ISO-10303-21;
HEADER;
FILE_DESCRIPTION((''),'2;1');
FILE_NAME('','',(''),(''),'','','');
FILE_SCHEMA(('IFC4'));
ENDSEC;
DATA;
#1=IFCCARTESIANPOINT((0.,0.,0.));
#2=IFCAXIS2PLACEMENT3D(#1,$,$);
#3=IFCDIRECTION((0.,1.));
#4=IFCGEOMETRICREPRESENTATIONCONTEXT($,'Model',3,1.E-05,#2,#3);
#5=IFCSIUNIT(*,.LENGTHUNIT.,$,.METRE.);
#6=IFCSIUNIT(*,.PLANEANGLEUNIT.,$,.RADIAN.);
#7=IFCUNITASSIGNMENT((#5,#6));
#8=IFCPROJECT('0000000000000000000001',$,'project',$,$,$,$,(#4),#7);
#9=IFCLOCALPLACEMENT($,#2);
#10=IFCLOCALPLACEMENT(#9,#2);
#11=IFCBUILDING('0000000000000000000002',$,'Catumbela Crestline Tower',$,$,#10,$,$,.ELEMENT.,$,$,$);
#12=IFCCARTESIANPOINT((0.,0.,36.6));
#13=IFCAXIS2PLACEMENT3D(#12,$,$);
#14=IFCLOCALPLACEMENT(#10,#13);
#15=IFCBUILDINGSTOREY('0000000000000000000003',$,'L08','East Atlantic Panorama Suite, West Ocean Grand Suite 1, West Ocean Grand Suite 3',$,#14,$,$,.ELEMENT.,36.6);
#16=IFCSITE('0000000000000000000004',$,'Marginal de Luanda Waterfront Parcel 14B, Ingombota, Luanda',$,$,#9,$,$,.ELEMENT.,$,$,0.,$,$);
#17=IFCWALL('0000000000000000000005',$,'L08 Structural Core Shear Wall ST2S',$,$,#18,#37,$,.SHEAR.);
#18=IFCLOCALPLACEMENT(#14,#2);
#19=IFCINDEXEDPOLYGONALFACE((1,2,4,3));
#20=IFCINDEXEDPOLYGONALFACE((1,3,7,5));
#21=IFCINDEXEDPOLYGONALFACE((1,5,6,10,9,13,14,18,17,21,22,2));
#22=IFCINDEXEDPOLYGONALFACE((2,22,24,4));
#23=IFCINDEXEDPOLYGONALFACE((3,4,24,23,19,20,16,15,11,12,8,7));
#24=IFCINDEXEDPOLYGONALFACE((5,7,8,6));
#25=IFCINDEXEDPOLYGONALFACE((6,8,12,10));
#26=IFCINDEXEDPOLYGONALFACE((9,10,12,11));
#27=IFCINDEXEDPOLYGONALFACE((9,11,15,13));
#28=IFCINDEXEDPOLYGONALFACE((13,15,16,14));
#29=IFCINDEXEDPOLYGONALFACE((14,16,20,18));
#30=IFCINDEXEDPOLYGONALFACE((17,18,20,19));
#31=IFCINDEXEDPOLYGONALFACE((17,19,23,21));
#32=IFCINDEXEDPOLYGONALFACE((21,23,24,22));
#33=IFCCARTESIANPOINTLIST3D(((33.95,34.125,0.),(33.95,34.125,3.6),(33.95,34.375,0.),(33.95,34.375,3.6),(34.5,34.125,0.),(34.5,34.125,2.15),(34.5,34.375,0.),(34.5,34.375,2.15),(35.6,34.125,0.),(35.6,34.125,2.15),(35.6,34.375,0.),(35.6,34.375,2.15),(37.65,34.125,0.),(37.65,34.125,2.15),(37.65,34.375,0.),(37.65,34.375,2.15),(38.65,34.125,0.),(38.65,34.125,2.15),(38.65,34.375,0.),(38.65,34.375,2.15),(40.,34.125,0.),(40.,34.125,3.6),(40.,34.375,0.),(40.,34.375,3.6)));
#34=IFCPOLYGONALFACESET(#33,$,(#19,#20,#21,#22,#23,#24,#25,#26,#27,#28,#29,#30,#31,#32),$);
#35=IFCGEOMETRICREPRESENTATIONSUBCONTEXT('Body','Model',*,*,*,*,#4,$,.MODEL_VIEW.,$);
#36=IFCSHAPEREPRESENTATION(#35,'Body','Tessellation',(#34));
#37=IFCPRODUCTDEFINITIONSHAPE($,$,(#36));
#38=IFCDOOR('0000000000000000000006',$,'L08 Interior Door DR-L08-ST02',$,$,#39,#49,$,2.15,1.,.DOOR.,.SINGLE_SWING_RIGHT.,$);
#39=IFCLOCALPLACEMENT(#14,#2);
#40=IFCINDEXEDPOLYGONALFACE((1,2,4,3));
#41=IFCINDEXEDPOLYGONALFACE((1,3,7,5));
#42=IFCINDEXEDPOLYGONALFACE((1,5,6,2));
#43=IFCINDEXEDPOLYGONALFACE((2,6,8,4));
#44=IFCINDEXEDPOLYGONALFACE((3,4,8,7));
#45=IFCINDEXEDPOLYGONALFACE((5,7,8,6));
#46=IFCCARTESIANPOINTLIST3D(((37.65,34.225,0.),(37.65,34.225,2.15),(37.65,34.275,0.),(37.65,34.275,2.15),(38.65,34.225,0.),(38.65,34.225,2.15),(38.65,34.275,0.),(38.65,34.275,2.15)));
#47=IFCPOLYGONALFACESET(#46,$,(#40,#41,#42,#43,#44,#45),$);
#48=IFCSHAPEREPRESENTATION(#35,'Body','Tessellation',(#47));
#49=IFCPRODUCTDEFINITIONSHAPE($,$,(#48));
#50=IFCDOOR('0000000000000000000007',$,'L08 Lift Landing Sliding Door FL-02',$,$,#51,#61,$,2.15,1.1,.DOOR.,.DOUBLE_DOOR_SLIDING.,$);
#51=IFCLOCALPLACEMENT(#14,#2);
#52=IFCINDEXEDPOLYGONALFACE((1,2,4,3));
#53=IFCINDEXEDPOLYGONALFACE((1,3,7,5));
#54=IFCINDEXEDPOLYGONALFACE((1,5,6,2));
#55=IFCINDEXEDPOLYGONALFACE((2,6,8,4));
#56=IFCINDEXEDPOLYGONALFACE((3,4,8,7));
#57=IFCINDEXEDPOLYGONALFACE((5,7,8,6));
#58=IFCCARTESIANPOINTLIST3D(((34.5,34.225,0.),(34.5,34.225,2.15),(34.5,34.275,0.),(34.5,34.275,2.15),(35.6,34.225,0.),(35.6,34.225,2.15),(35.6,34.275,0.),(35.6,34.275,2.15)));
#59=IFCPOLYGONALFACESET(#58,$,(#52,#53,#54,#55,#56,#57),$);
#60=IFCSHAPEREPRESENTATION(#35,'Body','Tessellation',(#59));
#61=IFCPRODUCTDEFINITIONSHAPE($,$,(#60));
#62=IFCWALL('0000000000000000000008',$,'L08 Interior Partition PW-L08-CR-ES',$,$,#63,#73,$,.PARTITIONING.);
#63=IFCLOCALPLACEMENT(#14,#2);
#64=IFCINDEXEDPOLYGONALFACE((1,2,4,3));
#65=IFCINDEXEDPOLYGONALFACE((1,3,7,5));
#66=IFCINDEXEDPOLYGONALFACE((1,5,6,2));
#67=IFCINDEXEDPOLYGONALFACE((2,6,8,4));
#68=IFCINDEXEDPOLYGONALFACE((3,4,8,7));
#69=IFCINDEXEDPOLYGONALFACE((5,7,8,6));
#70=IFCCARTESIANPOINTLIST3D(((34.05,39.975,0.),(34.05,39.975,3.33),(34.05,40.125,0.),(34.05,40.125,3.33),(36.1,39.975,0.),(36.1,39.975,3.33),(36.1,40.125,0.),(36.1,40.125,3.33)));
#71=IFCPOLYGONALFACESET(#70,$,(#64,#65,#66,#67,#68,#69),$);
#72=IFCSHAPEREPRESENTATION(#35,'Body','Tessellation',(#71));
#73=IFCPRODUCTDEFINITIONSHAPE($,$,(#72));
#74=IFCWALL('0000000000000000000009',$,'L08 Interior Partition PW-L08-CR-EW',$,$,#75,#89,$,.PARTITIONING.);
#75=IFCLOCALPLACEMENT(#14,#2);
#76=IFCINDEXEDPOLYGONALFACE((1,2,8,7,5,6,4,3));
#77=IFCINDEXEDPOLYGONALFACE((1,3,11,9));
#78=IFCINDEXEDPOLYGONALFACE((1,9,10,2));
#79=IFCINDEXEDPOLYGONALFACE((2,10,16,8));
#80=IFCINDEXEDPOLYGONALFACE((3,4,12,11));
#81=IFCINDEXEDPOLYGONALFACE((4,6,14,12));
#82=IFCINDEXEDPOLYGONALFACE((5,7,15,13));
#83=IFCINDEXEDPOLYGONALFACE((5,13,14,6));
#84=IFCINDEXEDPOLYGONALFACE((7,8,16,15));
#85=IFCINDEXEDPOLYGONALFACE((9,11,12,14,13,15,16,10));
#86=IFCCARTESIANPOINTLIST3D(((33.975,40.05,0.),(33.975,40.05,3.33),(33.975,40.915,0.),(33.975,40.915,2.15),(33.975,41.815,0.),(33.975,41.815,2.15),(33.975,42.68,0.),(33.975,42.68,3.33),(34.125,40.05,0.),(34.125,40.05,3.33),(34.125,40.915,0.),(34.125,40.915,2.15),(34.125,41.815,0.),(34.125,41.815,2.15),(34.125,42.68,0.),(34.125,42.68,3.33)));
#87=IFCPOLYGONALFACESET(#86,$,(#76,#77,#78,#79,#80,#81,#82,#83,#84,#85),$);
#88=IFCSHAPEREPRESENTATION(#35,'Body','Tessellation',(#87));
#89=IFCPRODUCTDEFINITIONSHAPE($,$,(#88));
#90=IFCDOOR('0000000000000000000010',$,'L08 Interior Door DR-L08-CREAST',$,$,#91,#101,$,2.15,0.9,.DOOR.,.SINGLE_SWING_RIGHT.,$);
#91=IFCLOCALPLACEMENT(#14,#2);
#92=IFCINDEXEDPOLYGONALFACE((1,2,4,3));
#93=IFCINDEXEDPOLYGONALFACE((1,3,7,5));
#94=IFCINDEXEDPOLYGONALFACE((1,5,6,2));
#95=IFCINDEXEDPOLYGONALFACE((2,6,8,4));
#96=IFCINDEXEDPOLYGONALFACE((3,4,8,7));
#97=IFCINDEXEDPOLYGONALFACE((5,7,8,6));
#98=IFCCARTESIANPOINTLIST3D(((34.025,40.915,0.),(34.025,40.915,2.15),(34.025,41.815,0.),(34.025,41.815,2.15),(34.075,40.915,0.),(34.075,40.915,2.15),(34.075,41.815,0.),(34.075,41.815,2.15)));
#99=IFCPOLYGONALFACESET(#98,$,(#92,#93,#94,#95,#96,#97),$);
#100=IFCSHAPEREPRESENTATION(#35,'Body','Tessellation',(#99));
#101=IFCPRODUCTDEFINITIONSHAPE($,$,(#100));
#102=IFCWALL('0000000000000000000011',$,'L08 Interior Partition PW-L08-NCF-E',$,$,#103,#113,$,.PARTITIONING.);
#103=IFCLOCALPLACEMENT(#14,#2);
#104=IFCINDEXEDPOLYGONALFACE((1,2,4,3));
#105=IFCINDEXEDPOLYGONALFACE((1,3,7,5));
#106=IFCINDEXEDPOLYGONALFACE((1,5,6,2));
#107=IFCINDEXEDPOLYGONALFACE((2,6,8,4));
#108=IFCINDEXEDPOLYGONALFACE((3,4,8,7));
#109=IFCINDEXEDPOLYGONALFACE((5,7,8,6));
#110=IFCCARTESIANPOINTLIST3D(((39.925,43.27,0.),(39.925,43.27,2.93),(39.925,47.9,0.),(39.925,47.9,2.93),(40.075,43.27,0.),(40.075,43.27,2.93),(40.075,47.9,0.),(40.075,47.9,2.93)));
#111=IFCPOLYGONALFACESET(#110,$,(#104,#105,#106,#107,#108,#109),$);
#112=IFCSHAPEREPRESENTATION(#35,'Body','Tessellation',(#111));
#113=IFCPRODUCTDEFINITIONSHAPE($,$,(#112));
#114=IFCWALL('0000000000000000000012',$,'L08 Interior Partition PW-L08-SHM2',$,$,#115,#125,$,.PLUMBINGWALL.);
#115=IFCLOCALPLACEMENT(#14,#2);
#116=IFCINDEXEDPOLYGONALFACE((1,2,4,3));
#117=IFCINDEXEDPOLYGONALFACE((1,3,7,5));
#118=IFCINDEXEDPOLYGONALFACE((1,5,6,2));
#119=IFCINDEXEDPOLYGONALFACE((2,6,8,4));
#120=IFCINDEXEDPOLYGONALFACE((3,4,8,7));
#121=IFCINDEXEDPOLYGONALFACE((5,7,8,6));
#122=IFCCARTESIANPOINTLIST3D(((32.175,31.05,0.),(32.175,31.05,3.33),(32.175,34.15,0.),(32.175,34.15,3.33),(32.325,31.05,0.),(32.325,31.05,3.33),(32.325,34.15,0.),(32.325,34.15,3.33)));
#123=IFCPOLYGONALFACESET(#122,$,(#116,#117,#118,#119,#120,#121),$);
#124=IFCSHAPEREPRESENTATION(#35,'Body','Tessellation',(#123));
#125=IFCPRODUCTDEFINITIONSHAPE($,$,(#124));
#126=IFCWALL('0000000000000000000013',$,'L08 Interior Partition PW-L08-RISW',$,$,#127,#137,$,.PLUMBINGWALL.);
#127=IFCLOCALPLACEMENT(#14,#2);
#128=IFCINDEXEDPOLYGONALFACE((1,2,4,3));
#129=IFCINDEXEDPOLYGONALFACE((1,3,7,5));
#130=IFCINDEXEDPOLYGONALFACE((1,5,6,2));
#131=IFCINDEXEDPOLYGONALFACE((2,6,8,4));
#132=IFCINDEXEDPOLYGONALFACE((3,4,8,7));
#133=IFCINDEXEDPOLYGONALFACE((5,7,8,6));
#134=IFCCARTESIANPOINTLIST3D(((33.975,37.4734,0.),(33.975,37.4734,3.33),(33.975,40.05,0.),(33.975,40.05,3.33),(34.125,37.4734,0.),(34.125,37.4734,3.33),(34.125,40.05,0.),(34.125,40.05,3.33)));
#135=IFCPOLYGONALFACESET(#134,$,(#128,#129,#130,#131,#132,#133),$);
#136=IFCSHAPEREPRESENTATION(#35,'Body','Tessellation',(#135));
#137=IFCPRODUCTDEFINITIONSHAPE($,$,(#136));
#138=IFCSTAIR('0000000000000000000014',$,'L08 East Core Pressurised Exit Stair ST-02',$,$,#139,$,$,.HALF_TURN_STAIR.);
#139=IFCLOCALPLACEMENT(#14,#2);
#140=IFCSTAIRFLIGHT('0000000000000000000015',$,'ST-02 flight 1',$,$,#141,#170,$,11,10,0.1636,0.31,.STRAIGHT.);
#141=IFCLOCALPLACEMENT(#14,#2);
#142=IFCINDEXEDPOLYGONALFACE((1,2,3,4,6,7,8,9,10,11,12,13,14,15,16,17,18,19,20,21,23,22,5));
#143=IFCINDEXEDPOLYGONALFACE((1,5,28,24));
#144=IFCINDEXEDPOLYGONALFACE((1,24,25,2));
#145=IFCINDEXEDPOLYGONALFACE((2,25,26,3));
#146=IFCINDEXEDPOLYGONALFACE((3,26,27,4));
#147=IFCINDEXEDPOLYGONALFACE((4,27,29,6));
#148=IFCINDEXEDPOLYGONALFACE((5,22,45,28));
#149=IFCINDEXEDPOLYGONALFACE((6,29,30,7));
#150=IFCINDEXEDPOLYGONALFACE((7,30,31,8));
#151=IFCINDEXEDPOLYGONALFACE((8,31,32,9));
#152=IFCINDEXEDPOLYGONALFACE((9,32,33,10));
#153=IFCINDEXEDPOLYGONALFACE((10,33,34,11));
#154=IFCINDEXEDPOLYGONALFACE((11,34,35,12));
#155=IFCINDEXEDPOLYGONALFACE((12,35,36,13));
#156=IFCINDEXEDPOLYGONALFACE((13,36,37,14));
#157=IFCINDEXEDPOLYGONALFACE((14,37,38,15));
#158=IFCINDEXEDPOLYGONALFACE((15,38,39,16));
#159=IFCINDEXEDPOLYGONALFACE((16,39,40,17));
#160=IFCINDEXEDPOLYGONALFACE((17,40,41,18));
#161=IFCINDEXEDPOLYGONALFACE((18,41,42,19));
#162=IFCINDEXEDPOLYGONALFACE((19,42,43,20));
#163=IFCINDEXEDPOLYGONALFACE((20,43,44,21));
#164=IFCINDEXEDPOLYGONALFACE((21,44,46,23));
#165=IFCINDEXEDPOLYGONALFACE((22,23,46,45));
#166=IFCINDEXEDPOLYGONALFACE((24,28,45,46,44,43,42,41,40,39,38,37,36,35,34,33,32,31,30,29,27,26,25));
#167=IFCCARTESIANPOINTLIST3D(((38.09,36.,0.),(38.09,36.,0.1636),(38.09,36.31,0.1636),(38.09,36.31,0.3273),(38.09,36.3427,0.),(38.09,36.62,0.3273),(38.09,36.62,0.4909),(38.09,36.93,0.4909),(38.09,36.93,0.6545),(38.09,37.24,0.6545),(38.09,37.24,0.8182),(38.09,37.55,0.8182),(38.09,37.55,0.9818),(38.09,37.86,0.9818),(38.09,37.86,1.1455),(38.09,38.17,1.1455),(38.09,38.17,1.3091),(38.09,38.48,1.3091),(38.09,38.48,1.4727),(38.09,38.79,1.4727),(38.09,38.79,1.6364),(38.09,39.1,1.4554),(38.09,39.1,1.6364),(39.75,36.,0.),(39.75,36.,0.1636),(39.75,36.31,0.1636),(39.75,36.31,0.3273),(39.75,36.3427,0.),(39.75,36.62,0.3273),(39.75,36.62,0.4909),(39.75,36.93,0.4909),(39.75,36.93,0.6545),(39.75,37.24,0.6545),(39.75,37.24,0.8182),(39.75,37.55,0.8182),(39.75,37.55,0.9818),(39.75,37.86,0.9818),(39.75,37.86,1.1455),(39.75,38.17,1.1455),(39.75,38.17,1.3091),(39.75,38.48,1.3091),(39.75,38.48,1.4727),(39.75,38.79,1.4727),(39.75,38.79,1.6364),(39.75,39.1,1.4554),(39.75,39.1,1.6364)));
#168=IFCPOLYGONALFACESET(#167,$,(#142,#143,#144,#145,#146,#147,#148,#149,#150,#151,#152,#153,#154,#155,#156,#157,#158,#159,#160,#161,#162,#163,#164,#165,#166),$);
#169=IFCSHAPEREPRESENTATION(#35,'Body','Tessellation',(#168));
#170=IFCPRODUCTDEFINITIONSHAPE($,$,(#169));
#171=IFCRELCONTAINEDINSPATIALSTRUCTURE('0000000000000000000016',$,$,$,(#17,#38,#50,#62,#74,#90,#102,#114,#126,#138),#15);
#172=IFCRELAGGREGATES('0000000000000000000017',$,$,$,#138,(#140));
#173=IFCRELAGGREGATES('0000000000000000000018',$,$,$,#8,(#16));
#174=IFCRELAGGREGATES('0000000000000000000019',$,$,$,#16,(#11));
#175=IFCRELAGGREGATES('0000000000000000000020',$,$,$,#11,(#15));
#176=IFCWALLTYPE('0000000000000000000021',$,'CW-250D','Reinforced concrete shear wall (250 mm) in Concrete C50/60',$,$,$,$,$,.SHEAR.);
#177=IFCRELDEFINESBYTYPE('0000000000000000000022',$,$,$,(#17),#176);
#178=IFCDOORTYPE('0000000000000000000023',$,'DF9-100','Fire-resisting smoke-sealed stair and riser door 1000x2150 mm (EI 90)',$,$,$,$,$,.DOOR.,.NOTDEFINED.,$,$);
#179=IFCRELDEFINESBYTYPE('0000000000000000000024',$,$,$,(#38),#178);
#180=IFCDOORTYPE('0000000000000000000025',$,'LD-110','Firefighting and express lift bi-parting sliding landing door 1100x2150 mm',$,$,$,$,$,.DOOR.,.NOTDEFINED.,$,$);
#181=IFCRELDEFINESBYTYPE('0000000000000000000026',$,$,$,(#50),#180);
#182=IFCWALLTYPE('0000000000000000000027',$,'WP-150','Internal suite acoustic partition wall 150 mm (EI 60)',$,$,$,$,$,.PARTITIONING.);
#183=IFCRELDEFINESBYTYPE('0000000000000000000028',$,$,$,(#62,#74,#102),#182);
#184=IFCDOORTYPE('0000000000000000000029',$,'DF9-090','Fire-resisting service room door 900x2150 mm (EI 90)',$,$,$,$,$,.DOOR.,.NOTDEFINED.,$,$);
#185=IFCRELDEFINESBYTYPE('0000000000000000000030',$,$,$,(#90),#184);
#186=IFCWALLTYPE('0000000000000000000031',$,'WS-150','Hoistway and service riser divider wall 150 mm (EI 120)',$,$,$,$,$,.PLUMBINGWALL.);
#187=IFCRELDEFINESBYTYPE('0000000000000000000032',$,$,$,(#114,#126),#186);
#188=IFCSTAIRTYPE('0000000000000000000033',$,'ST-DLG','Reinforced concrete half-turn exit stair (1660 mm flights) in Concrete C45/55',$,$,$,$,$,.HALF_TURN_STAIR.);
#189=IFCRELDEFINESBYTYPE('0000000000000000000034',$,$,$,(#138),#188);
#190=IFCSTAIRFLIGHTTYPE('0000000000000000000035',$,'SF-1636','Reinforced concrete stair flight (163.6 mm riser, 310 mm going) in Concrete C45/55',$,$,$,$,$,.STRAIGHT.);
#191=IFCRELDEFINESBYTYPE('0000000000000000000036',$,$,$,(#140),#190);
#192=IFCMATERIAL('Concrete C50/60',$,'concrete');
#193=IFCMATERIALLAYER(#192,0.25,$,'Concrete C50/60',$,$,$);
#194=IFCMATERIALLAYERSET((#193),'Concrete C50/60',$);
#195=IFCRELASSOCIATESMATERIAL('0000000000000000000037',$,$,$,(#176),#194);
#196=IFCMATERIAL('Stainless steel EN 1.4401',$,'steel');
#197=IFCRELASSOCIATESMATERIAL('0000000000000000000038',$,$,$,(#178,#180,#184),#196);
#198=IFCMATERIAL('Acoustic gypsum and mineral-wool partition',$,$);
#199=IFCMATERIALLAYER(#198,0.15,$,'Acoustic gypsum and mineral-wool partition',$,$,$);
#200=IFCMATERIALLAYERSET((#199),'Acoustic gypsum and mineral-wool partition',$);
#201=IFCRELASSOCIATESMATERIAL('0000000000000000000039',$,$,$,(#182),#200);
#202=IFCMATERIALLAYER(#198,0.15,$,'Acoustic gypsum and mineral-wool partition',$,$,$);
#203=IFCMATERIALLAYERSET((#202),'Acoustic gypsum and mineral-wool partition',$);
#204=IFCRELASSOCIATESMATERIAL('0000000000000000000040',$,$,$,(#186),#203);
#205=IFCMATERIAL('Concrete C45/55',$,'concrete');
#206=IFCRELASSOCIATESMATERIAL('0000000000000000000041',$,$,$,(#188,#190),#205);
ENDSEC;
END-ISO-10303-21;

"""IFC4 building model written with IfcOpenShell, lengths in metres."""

from ifc_helpers import new_model, si_unit, direction, frame, frame_2d, origin, place, context, subcontext, project, spatial, polyline, rectangle, outline, extrude, material, layer, layer_set, type_object, element, fill, aggregate, save


model = new_model("IFC4")

# Units and contexts
model_context = context("Model", 3, precision=1e-05, world=origin(), true_north=direction((0.0, 1.0)))
body_context = subcontext(model_context, "Body", "Model", "MODEL_VIEW")
ifc_project = project(units=[si_unit("LENGTHUNIT", "METRE"), si_unit("PLANEANGLEUNIT", "RADIAN")], contexts=[model_context])

# Site, building, storey
site_placement = place(None, origin())
site = spatial("IfcSite", under=ifc_project, at=site_placement, Name="Marginal de Luanda Waterfront Parcel 14B, Ingombota, Luanda", CompositionType="ELEMENT", RefElevation=0.0)
building_placement = place(site_placement, origin())
building = spatial("IfcBuilding", under=site, at=building_placement, Name="Catumbela Crestline Tower", CompositionType="ELEMENT")
storey_placement = place(building_placement, frame((0.0, 0.0, 36.6)))
storey = spatial("IfcBuildingStorey", under=building, at=storey_placement, Name="L08", Description="East Atlantic Panorama Suite, West Ocean Grand Suite 1, West Ocean Grand Suite 3", CompositionType="ELEMENT", Elevation=36.6)

# Shared definitions
ifc_material_1 = material(Name="Concrete C50/60", Category="concrete")
ifc_layer_1 = layer(ifc_material_1, 0.25, Name="Concrete C50/60")
ifc_layer_set_1 = layer_set([ifc_layer_1], Name="Concrete C50/60")
wall_type_1 = type_object("IfcWallType", Name="CW-250D", Description="Reinforced concrete shear wall (250 mm) in Concrete C50/60", PredefinedType="SHEAR", material=ifc_layer_set_1)

# Wall, openings, doors
wall_1_placement = place(storey_placement, frame((33.95, 34.25, 0.0), z_axis=(0.0, 0.0, 1.0), x_axis=(1.0, 0.0, 0.0)))
wall_1 = element("IfcWall", 1, at=wall_1_placement, inside=storey, type_object=wall_type_1, Name="L08 Structural Core Shear Wall ST2S", PredefinedType="SHEAR", context=body_context, shape_type="SweptSolid", body=[
    extrude(rectangle(XDim=6.05, YDim=0.25, at=frame_2d((3.025, 0.0))), origin(), (0.0, 0.0, 1.0), 3.6),
])
opening_1_placement = place(wall_1_placement, frame((3.7, 0.0, 0.0)))
opening_1 = element("IfcOpeningElement", 2, at=opening_1_placement, cuts=wall_1, PredefinedType="OPENING", context=body_context, shape_type="SweptSolid", body=[
    extrude(rectangle(XDim=1.0, YDim=2.15, at=frame_2d((0.5, 1.075))), frame((0.0, 0.135, 0.0), z_axis=(0.0, -1.0, 0.0), x_axis=(1.0, 0.0, 0.0)), (0.0, 0.0, 1.0), 0.27),
])
opening_2_placement = place(wall_1_placement, frame((0.55, 0.0, 0.0)))
opening_2 = element("IfcOpeningElement", 3, at=opening_2_placement, cuts=wall_1, PredefinedType="OPENING", context=body_context, shape_type="SweptSolid", body=[
    extrude(rectangle(XDim=1.1, YDim=2.15, at=frame_2d((0.55, 1.075))), frame((0.0, 0.135, 0.0), z_axis=(0.0, -1.0, 0.0), x_axis=(1.0, 0.0, 0.0)), (0.0, 0.0, 1.0), 0.27),
])
ifc_material_2 = material(Name="Stainless steel EN 1.4401", Category="steel")
door_type_1 = type_object("IfcDoorType", Name="DF9-100", Description="Fire-resisting smoke-sealed stair and riser door 1000x2150 mm (EI 90)", OperationType="NOTDEFINED", PredefinedType="DOOR", material=ifc_material_2)
door_1_placement = place(opening_1_placement, origin())
door_1 = element("IfcDoor", 4, at=door_1_placement, inside=storey, type_object=door_type_1, Name="L08 Interior Door DR-L08-ST02", OperationType="SINGLE_SWING_RIGHT", OverallHeight=2.15, OverallWidth=1.0, PredefinedType="DOOR", context=body_context, shape_type="SweptSolid", body=[
    extrude(rectangle(XDim=1.0, YDim=2.15, at=frame_2d((0.5, 1.075))), frame((0.0, 0.025, 0.0), z_axis=(0.0, -1.0, 0.0), x_axis=(1.0, 0.0, 0.0)), (0.0, 0.0, 1.0), 0.05),
])
fill(opening_1, door_1)
door_type_2 = type_object("IfcDoorType", Name="LD-110", Description="Firefighting and express lift bi-parting sliding landing door 1100x2150 mm", OperationType="NOTDEFINED", PredefinedType="DOOR", material=ifc_material_2)
door_2_placement = place(opening_2_placement, origin())
door_2 = element("IfcDoor", 5, at=door_2_placement, inside=storey, type_object=door_type_2, Name="L08 Lift Landing Sliding Door FL-02", OperationType="DOUBLE_DOOR_SLIDING", OverallHeight=2.15, OverallWidth=1.1, PredefinedType="DOOR", context=body_context, shape_type="SweptSolid", body=[
    extrude(rectangle(XDim=1.1, YDim=2.15, at=frame_2d((0.55, 1.075))), frame((0.0, 0.025, 0.0), z_axis=(0.0, -1.0, 0.0), x_axis=(1.0, 0.0, 0.0)), (0.0, 0.0, 1.0), 0.05),
])
fill(opening_2, door_2)

# Wall
ifc_material_3 = material(Name="Acoustic gypsum and mineral-wool partition")
ifc_layer_2 = layer(ifc_material_3, 0.15, Name="Acoustic gypsum and mineral-wool partition")
ifc_layer_set_2 = layer_set([ifc_layer_2], Name="Acoustic gypsum and mineral-wool partition")
wall_type_2 = type_object("IfcWallType", Name="WP-150", Description="Internal suite acoustic partition wall 150 mm (EI 60)", PredefinedType="PARTITIONING", material=ifc_layer_set_2)
wall_2_placement = place(storey_placement, frame((34.05, 40.05, 0.0), z_axis=(0.0, 0.0, 1.0), x_axis=(1.0, 0.0, 0.0)))
element("IfcWall", 6, at=wall_2_placement, inside=storey, type_object=wall_type_2, Name="L08 Interior Partition PW-L08-CR-ES", PredefinedType="PARTITIONING", context=body_context, shape_type="SweptSolid", body=[
    extrude(rectangle(XDim=2.05, YDim=0.15, at=frame_2d((1.025, 0.0))), origin(), (0.0, 0.0, 1.0), 3.33),
])

# Wall, opening, door
wall_3_placement = place(storey_placement, frame((34.05, 40.05, 0.0), z_axis=(0.0, 0.0, 1.0), x_axis=(0.0, 1.0, 0.0)))
wall_3 = element("IfcWall", 7, at=wall_3_placement, inside=storey, type_object=wall_type_2, Name="L08 Interior Partition PW-L08-CR-EW", PredefinedType="PARTITIONING", context=body_context, shape_type="SweptSolid", body=[
    extrude(rectangle(XDim=2.63, YDim=0.15, at=frame_2d((1.315, 0.0))), origin(), (0.0, 0.0, 1.0), 3.33),
])
opening_3_placement = place(wall_3_placement, frame((0.865, 0.0, 0.0)))
opening_3 = element("IfcOpeningElement", 8, at=opening_3_placement, cuts=wall_3, PredefinedType="OPENING", context=body_context, shape_type="SweptSolid", body=[
    extrude(rectangle(XDim=0.9, YDim=2.15, at=frame_2d((0.45, 1.075))), frame((0.0, 0.085, 0.0), z_axis=(0.0, -1.0, 0.0), x_axis=(1.0, 0.0, 0.0)), (0.0, 0.0, 1.0), 0.17),
])
door_type_3 = type_object("IfcDoorType", Name="DF9-090", Description="Fire-resisting service room door 900x2150 mm (EI 90)", OperationType="NOTDEFINED", PredefinedType="DOOR", material=ifc_material_2)
door_3_placement = place(opening_3_placement, origin())
door_3 = element("IfcDoor", 9, at=door_3_placement, inside=storey, type_object=door_type_3, Name="L08 Interior Door DR-L08-CREAST", OperationType="SINGLE_SWING_RIGHT", OverallHeight=2.15, OverallWidth=0.9, PredefinedType="DOOR", context=body_context, shape_type="SweptSolid", body=[
    extrude(rectangle(XDim=0.9, YDim=2.15, at=frame_2d((0.45, 1.075))), frame((0.0, 0.025, 0.0), z_axis=(0.0, -1.0, 0.0), x_axis=(1.0, 0.0, 0.0)), (0.0, 0.0, 1.0), 0.05),
])
fill(opening_3, door_3)

# Walls
wall_4_placement = place(storey_placement, frame((40.0, 43.27, 0.0), z_axis=(0.0, 0.0, 1.0), x_axis=(0.0, 1.0, 0.0)))
element("IfcWall", 10, at=wall_4_placement, inside=storey, type_object=wall_type_2, Name="L08 Interior Partition PW-L08-NCF-E", PredefinedType="PARTITIONING", context=body_context, shape_type="SweptSolid", body=[
    extrude(rectangle(XDim=4.63, YDim=0.15, at=frame_2d((2.315, 0.0))), origin(), (0.0, 0.0, 1.0), 2.93),
])
ifc_layer_3 = layer(ifc_material_3, 0.15, Name="Acoustic gypsum and mineral-wool partition")
ifc_layer_set_3 = layer_set([ifc_layer_3], Name="Acoustic gypsum and mineral-wool partition")
wall_type_3 = type_object("IfcWallType", Name="WS-150", Description="Hoistway and service riser divider wall 150 mm (EI 120)", PredefinedType="PLUMBINGWALL", material=ifc_layer_set_3)
wall_5_placement = place(storey_placement, frame((32.25, 31.05, 0.0), z_axis=(0.0, 0.0, 1.0), x_axis=(0.0, 1.0, 0.0)))
element("IfcWall", 11, at=wall_5_placement, inside=storey, type_object=wall_type_3, Name="L08 Interior Partition PW-L08-SHM2", PredefinedType="PLUMBINGWALL", context=body_context, shape_type="SweptSolid", body=[
    extrude(rectangle(XDim=3.1, YDim=0.15, at=frame_2d((1.55, 0.0))), origin(), (0.0, 0.0, 1.0), 3.33),
])
wall_6_placement = place(storey_placement, frame((34.05, 37.4734, 0.0), z_axis=(0.0, 0.0, 1.0), x_axis=(0.0, 1.0, 0.0)))
element("IfcWall", 12, at=wall_6_placement, inside=storey, type_object=wall_type_3, Name="L08 Interior Partition PW-L08-RISW", PredefinedType="PLUMBINGWALL", context=body_context, shape_type="SweptSolid", body=[
    extrude(rectangle(XDim=2.5766, YDim=0.15, at=frame_2d((1.2883, 0.0))), origin(), (0.0, 0.0, 1.0), 3.33),
])

# Stair, stair flight
ifc_material_4 = material(Name="Concrete C45/55", Category="concrete")
stair_type = type_object("IfcStairType", Name="ST-DLG", Description="Reinforced concrete half-turn exit stair (1660 mm flights) in Concrete C45/55", PredefinedType="HALF_TURN_STAIR", material=ifc_material_4)
stair_placement = place(storey_placement, origin())
stair = element("IfcStair", 13, at=stair_placement, inside=storey, type_object=stair_type, Name="L08 East Core Pressurised Exit Stair ST-02", PredefinedType="HALF_TURN_STAIR")
stair_flight_type = type_object("IfcStairFlightType", Name="SF-1636", Description="Reinforced concrete stair flight (163.6 mm riser, 310 mm going) in Concrete C45/55", PredefinedType="STRAIGHT", material=ifc_material_4)
stair_flight_1_placement = place(storey_placement, frame((38.92, 36.0, 0.0), z_axis=(0.0, 0.0, 1.0), x_axis=(0.0, 1.0, 0.0)))
stair_flight_1 = element("IfcStairFlight", 14, at=stair_flight_1_placement, type_object=stair_flight_type, Name="ST-02 flight 1", NumberOfRisers=11, NumberOfTreads=10, PredefinedType="STRAIGHT", RiserHeight=0.1636, TreadLength=0.31, context=body_context, shape_type="SweptSolid", body=[
    extrude(outline(polyline([(0.0, 0.0), (0.0, 0.1636), (0.31, 0.1636), (0.31, 0.3273), (0.62, 0.3273), (0.62, 0.4909), (0.93, 0.4909), (0.93, 0.6545), (1.24, 0.6545), (1.24, 0.8182), (1.55, 0.8182), (1.55, 0.9818), (1.86, 0.9818), (1.86, 1.1455), (2.17, 1.1455), (2.17, 1.3091), (2.48, 1.3091), (2.48, 1.4727), (2.79, 1.4727), (2.79, 1.6364), (3.1, 1.6364), (3.1, 1.8), (3.1, 1.4554), (0.3427, 0.0), (0.0, 0.0)])), frame((0.0, 0.83, 0.0), z_axis=(0.0, -1.0, 0.0), x_axis=(1.0, 0.0, 0.0)), (0.0, 0.0, 1.0), 1.66),
])
aggregate(stair, [stair_flight_1])

save(model, "model.ifc")
